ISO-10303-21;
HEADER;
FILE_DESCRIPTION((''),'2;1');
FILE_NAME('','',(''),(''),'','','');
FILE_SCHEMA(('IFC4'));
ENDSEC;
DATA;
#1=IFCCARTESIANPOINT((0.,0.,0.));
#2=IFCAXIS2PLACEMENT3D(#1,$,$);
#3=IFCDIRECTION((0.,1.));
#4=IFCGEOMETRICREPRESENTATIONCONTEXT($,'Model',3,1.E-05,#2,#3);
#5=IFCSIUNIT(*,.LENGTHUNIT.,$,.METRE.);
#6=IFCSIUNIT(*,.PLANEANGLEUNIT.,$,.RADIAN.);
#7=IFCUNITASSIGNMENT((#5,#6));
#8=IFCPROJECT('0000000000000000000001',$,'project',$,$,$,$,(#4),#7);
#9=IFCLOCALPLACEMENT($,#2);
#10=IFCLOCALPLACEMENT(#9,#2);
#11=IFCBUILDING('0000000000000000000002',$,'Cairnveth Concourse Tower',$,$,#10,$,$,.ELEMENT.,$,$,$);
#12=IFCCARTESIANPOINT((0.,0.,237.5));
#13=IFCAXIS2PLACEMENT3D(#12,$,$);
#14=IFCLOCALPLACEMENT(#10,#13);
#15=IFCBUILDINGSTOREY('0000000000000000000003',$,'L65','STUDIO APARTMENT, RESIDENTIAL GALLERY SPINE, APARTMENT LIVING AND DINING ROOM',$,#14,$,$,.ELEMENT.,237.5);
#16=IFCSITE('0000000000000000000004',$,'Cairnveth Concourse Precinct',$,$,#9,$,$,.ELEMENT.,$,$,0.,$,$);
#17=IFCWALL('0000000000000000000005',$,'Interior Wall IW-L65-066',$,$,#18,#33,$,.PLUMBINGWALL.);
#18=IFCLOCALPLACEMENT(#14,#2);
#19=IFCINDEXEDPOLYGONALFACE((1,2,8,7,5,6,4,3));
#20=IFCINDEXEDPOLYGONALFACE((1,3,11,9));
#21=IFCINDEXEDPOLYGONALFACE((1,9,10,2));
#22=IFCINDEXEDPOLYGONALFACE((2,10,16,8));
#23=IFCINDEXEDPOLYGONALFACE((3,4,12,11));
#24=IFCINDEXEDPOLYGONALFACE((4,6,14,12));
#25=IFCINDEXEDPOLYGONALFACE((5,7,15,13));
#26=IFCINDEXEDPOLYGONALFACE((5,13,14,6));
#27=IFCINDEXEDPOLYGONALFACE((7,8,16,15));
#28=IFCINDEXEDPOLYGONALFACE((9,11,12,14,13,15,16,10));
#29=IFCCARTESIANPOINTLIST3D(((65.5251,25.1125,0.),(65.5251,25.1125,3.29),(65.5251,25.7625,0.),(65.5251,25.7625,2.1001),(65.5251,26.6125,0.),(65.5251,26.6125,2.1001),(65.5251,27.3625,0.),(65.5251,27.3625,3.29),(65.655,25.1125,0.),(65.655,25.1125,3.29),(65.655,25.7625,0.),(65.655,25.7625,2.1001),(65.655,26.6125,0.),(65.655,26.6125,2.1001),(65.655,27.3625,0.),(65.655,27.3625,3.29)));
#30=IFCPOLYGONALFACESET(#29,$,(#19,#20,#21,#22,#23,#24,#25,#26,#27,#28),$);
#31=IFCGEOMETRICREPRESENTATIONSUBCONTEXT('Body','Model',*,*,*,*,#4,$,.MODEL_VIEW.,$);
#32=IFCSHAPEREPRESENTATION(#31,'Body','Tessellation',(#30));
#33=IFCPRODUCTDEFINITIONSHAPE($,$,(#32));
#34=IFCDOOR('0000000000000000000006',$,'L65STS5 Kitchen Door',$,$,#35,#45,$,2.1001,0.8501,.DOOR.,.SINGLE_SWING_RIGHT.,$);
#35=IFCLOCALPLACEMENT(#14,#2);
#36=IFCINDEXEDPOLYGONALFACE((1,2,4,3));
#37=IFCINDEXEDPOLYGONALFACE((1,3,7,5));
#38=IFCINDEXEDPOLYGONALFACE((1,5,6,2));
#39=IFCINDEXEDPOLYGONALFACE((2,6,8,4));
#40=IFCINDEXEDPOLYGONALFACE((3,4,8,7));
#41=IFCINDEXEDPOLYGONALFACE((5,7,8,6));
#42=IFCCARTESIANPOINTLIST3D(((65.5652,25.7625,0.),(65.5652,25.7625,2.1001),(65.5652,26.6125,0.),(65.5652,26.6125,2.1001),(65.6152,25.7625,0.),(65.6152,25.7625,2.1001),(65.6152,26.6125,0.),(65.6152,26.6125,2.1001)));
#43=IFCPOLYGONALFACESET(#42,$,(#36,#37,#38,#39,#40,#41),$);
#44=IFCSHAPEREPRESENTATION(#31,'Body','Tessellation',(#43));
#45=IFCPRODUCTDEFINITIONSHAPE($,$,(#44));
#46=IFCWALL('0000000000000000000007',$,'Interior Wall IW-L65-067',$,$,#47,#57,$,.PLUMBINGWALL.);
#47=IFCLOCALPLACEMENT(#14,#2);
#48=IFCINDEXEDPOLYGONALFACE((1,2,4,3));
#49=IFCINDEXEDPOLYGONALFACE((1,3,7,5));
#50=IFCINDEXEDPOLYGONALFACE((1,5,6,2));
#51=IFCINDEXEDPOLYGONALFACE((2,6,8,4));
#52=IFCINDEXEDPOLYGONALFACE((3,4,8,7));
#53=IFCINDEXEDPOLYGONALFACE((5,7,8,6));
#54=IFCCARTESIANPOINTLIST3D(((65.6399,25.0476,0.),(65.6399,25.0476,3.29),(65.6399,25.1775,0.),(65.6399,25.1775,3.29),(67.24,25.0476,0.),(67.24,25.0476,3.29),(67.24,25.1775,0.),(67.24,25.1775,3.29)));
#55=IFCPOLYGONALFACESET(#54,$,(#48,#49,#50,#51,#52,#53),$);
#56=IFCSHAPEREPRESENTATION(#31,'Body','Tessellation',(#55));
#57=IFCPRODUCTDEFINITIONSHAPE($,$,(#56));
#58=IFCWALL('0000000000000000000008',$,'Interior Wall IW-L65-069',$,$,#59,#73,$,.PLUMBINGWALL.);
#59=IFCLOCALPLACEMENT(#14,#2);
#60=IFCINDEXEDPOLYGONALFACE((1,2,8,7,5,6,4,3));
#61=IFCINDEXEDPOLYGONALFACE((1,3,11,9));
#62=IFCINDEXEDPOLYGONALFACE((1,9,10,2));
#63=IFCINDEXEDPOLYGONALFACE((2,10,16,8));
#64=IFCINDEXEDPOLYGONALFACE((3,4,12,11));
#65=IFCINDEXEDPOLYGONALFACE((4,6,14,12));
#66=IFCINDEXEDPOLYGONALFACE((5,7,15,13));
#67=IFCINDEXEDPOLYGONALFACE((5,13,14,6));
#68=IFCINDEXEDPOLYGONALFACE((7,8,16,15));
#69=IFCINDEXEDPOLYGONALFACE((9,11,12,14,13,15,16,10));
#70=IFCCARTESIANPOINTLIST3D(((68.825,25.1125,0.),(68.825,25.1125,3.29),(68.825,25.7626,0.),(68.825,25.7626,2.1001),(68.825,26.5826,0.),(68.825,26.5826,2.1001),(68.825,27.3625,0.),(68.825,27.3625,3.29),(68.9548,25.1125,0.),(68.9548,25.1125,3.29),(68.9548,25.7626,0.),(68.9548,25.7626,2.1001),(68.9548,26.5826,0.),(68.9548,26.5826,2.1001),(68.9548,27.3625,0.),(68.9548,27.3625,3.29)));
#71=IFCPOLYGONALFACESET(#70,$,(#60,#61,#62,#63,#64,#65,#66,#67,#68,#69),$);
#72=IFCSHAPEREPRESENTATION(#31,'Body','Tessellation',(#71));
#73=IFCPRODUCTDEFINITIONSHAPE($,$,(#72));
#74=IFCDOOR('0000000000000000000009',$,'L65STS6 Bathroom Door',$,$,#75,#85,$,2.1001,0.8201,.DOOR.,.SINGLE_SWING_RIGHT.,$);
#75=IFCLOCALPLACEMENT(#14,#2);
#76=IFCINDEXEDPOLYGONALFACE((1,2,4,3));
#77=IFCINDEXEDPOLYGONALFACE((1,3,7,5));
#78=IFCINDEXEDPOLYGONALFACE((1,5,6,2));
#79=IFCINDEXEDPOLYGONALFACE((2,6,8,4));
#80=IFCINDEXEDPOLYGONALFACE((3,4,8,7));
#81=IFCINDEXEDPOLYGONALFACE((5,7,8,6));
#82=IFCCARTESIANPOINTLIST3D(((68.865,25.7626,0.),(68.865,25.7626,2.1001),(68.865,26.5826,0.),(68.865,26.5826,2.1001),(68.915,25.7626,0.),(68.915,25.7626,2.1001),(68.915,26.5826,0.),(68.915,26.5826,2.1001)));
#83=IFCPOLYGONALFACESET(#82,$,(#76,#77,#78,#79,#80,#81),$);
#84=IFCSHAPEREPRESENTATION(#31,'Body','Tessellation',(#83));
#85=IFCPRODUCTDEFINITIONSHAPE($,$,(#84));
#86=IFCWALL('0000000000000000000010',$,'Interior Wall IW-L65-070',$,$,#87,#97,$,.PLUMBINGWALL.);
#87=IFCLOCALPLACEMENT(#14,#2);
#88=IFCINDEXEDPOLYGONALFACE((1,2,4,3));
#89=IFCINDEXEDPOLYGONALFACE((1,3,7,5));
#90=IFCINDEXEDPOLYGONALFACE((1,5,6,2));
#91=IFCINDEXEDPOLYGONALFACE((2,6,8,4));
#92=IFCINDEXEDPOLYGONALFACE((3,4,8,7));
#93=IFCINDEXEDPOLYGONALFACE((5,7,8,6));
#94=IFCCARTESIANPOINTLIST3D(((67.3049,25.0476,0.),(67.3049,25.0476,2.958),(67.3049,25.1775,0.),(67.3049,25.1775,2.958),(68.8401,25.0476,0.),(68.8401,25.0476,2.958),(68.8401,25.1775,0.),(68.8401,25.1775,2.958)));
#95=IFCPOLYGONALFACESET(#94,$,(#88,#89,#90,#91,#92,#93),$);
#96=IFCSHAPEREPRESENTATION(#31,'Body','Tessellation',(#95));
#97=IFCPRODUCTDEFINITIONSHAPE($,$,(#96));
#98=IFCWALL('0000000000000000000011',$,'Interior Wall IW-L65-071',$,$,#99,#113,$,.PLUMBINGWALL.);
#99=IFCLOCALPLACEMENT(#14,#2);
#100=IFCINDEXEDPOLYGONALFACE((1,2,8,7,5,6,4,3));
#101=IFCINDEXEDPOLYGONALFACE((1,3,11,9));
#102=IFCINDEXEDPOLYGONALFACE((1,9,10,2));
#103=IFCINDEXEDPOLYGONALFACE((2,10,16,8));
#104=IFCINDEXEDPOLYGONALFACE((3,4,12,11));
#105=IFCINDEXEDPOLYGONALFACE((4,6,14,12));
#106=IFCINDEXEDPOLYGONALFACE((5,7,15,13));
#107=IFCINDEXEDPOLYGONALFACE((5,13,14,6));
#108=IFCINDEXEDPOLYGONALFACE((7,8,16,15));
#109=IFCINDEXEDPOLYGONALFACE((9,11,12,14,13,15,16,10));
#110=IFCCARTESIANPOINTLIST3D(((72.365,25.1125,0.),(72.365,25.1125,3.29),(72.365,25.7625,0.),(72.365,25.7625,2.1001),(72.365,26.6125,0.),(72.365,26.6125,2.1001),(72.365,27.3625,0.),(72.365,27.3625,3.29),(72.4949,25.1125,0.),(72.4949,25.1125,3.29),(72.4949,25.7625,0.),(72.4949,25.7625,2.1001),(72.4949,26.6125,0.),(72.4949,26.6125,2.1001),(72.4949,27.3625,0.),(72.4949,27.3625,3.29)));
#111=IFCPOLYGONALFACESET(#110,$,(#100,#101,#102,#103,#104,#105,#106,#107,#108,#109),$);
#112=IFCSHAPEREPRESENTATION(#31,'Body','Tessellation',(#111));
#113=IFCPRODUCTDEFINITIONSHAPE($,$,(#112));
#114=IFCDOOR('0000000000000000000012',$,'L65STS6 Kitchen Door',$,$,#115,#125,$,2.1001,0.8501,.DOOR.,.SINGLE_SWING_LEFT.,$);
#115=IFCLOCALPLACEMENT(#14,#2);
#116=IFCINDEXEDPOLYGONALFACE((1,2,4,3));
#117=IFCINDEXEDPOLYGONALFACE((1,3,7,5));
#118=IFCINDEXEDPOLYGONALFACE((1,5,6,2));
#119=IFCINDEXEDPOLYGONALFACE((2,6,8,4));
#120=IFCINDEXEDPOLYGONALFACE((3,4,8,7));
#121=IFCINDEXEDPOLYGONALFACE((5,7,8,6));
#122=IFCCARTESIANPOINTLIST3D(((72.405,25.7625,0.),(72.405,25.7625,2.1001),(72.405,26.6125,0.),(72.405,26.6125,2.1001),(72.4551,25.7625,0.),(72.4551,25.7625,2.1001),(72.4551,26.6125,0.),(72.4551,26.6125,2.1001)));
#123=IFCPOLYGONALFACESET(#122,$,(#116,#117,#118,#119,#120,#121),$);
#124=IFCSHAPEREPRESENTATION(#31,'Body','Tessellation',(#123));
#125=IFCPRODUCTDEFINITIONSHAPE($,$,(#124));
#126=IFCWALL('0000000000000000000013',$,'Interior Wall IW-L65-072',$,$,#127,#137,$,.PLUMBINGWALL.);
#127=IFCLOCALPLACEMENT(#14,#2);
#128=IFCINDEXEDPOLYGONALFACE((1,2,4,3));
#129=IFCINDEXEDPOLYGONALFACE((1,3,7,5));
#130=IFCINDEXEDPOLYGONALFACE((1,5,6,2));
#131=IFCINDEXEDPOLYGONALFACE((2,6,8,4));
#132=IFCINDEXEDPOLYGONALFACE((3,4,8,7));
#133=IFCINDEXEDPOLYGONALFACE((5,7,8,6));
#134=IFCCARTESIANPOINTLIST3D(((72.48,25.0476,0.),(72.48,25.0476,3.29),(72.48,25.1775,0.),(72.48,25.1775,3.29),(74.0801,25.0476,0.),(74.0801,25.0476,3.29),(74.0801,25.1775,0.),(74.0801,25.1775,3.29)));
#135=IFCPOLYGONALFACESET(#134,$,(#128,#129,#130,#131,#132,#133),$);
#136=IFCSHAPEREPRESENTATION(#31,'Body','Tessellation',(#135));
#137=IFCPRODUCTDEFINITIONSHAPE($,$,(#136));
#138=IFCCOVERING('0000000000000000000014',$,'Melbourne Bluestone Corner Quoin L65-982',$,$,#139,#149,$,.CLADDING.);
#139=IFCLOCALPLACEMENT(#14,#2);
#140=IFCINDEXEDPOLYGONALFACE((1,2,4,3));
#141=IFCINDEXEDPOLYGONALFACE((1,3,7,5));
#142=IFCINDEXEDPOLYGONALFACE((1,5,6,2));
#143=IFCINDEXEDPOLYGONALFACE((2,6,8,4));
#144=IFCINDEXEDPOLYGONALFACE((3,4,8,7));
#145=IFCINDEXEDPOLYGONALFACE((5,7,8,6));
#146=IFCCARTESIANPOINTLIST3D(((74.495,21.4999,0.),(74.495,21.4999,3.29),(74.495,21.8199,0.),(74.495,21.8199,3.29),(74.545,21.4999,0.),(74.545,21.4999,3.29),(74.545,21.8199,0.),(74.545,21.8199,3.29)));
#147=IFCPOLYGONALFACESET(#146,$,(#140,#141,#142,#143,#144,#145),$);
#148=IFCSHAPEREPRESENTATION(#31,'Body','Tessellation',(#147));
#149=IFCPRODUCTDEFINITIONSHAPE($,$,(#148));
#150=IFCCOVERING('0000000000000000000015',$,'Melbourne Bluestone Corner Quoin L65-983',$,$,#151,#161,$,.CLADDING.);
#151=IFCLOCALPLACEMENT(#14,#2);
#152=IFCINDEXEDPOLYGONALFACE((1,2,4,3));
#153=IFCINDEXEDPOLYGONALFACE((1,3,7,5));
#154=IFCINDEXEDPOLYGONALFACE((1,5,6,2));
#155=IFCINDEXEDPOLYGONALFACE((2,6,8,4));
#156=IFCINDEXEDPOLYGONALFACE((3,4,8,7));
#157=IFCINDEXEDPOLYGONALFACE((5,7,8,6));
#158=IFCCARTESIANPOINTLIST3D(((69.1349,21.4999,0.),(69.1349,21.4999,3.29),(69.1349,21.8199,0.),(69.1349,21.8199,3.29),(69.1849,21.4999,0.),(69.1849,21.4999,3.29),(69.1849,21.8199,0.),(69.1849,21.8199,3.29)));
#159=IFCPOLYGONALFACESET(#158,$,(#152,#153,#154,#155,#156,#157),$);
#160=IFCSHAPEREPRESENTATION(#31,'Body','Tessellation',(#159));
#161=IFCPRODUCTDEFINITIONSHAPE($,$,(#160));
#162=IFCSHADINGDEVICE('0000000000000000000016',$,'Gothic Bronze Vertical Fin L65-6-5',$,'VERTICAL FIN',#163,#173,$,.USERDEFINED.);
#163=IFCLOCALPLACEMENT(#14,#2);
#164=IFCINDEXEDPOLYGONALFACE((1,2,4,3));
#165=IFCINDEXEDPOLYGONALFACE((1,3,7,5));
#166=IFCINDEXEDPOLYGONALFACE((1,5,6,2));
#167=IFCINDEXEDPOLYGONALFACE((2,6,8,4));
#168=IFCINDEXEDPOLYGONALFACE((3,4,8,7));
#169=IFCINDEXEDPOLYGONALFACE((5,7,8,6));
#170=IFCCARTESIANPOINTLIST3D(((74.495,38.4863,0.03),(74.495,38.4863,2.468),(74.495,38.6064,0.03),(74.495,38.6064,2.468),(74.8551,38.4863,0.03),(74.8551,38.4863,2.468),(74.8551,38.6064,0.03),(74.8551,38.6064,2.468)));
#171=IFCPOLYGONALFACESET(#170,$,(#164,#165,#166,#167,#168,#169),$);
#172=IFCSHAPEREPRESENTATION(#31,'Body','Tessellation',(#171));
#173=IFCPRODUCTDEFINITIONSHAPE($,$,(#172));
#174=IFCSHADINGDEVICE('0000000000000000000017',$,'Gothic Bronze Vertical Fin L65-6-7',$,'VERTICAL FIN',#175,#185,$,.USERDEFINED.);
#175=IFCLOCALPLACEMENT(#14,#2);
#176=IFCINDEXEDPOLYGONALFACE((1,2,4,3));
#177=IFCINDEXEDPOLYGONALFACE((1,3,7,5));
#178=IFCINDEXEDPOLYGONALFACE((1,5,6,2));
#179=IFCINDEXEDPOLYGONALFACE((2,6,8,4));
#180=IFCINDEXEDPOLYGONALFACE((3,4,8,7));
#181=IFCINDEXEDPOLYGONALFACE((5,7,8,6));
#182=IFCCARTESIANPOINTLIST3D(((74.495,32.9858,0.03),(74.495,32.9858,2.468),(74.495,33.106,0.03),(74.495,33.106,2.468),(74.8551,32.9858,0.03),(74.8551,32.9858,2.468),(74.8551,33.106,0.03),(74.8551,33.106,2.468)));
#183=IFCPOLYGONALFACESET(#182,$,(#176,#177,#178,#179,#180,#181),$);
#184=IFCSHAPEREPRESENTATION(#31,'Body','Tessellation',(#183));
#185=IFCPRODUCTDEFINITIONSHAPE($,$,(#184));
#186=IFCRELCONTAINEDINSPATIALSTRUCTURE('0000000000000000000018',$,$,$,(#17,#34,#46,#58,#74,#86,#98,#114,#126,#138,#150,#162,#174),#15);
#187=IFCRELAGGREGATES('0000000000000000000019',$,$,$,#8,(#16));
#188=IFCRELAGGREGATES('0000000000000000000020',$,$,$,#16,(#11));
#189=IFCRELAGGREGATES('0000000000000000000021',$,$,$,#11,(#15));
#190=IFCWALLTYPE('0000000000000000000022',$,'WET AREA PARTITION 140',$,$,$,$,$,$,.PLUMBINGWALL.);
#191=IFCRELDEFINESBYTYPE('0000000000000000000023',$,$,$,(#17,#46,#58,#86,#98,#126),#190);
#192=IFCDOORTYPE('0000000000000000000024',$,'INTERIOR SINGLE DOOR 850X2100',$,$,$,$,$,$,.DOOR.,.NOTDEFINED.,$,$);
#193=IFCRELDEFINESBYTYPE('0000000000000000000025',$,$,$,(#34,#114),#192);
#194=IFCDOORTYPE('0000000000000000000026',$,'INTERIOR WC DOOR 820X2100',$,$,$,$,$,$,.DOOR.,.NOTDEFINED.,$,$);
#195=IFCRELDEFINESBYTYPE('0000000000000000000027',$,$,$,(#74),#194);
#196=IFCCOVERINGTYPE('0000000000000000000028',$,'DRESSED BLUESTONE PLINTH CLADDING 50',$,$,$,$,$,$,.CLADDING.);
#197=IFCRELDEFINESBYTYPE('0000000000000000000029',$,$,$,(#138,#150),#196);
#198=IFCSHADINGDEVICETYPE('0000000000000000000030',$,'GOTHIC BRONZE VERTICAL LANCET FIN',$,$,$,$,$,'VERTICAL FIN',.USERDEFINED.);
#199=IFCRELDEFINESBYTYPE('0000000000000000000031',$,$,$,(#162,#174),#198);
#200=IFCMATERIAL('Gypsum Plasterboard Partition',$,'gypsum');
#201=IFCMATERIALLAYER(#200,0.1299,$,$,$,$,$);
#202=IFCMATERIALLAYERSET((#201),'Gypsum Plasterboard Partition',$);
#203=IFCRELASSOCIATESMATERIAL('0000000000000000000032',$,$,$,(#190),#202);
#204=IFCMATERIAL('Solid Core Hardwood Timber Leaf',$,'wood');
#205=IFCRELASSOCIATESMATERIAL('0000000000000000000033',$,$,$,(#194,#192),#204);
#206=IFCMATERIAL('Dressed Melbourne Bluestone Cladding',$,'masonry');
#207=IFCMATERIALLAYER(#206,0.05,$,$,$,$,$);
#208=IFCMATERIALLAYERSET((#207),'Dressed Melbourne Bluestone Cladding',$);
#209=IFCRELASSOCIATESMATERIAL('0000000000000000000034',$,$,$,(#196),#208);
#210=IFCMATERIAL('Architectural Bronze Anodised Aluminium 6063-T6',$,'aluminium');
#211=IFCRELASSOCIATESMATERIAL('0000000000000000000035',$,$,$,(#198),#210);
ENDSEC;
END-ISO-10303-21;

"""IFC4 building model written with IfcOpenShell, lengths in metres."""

from ifc_helpers import new_model, si_unit, direction, frame, frame_2d, origin, origin_2d, place, context, subcontext, project, spatial, rectangle, extrude, material, layer, layer_set, type_object, element, fill, save


model = new_model("IFC4")

# Units and contexts
model_context = context("Model", 3, precision=1e-05, world=origin(), true_north=direction((0.0, 1.0)))
body_context = subcontext(model_context, "Body", "Model", "MODEL_VIEW")
ifc_project = project(units=[si_unit("LENGTHUNIT", "METRE"), si_unit("PLANEANGLEUNIT", "RADIAN")], contexts=[model_context])

# Site, building, storey
site_placement = place(None, origin())
site = spatial("IfcSite", under=ifc_project, at=site_placement, Name="Cairnveth Concourse Precinct", CompositionType="ELEMENT", RefElevation=0.0)
building_placement = place(site_placement, origin())
building = spatial("IfcBuilding", under=site, at=building_placement, Name="Cairnveth Concourse Tower", CompositionType="ELEMENT")
storey_placement = place(building_placement, frame((0.0, 0.0, 237.5)))
storey = spatial("IfcBuildingStorey", under=building, at=storey_placement, Name="L65", Description="STUDIO APARTMENT, RESIDENTIAL GALLERY SPINE, APARTMENT LIVING AND DINING ROOM", CompositionType="ELEMENT", Elevation=237.5)

# Shared definitions
ifc_material_1 = material(Name="Gypsum Plasterboard Partition", Category="gypsum")
ifc_material_2 = material(Name="Solid Core Hardwood Timber Leaf", Category="wood")

# Wall, opening, door
ifc_layer_1 = layer(ifc_material_1, 0.1299)
ifc_layer_set_1 = layer_set([ifc_layer_1], Name="Gypsum Plasterboard Partition")
wall_type_1 = type_object("IfcWallType", Name="WET AREA PARTITION 140", PredefinedType="PLUMBINGWALL", material=ifc_layer_set_1)
door_type_1 = type_object("IfcDoorType", Name="INTERIOR WC DOOR 820X2100", OperationType="NOTDEFINED", PredefinedType="DOOR", material=ifc_material_2)
wall_1_placement = place(storey_placement, frame((65.5901, 25.1125, 0.0), z_axis=(0.0, 0.0, 1.0), x_axis=(0.0, 1.0, 0.0)))
wall_1 = element("IfcWall", 1, at=wall_1_placement, inside=storey, type_object=wall_type_1, Name="Interior Wall IW-L65-066", PredefinedType="PLUMBINGWALL", context=body_context, shape_type="SweptSolid", body=[
    extrude(rectangle(XDim=2.25, YDim=0.1299, at=frame_2d((1.125, 0.0))), origin(), (0.0, 0.0, 1.0), 3.29),
])
opening_1_placement = place(wall_1_placement, frame((0.6499, 0.0, 0.0)))
opening_1 = element("IfcOpeningElement", 2, at=opening_1_placement, cuts=wall_1, PredefinedType="OPENING", context=body_context, shape_type="SweptSolid", body=[
    extrude(rectangle(XDim=0.8501, YDim=2.1001, at=frame_2d((0.425, 1.05))), frame((0.0, 0.075, 0.0), z_axis=(0.0, -1.0, 0.0), x_axis=(1.0, 0.0, 0.0)), (0.0, 0.0, 1.0), 0.1499),
])
door_type_2 = type_object("IfcDoorType", Name="INTERIOR SINGLE DOOR 850X2100", OperationType="NOTDEFINED", PredefinedType="DOOR", material=ifc_material_2)
door_1_placement = place(opening_1_placement, origin())
door_1 = element("IfcDoor", 3, at=door_1_placement, inside=storey, type_object=door_type_2, Name="L65STS5 Kitchen Door", OperationType="SINGLE_SWING_RIGHT", OverallHeight=2.1001, OverallWidth=0.8501, PredefinedType="DOOR", context=body_context, shape_type="SweptSolid", body=[
    extrude(rectangle(XDim=0.8501, YDim=2.1001, at=frame_2d((0.425, 1.05))), frame((0.0, 0.0249, 0.0), z_axis=(0.0, -1.0, 0.0), x_axis=(1.0, 0.0, 0.0)), (0.0, 0.0, 1.0), 0.05),
])
fill(opening_1, door_1)

# Wall
wall_2_placement = place(storey_placement, frame((65.6399, 25.1125, 0.0), z_axis=(0.0, 0.0, 1.0), x_axis=(1.0, 0.0, 0.0)))
element("IfcWall", 4, at=wall_2_placement, inside=storey, type_object=wall_type_1, Name="Interior Wall IW-L65-067", PredefinedType="PLUMBINGWALL", context=body_context, shape_type="SweptSolid", body=[
    extrude(rectangle(XDim=1.6001, YDim=0.1299, at=frame_2d((0.8, 0.0))), origin(), (0.0, 0.0, 1.0), 3.29),
])

# Wall, opening, door
wall_3_placement = place(storey_placement, frame((68.8899, 25.1125, 0.0), z_axis=(0.0, 0.0, 1.0), x_axis=(0.0, 1.0, 0.0)))
wall_3 = element("IfcWall", 5, at=wall_3_placement, inside=storey, type_object=wall_type_1, Name="Interior Wall IW-L65-069", PredefinedType="PLUMBINGWALL", context=body_context, shape_type="SweptSolid", body=[
    extrude(rectangle(XDim=2.25, YDim=0.1299, at=frame_2d((1.125, 0.0))), origin(), (0.0, 0.0, 1.0), 3.29),
])
opening_2_placement = place(wall_3_placement, frame((0.6499, 0.0, 0.0)))
opening_2 = element("IfcOpeningElement", 6, at=opening_2_placement, cuts=wall_3, PredefinedType="OPENING", context=body_context, shape_type="SweptSolid", body=[
    extrude(rectangle(XDim=0.8201, YDim=2.1001, at=frame_2d((0.4102, 1.05))), frame((0.0, 0.075, 0.0), z_axis=(0.0, -1.0, 0.0), x_axis=(1.0, 0.0, 0.0)), (0.0, 0.0, 1.0), 0.1499),
])
door_2_placement = place(opening_2_placement, origin())
door_2 = element("IfcDoor", 7, at=door_2_placement, inside=storey, type_object=door_type_1, Name="L65STS6 Bathroom Door", OperationType="SINGLE_SWING_RIGHT", OverallHeight=2.1001, OverallWidth=0.8201, PredefinedType="DOOR", context=body_context, shape_type="SweptSolid", body=[
    extrude(rectangle(XDim=0.8201, YDim=2.1001, at=frame_2d((0.4102, 1.05))), frame((0.0, 0.0249, 0.0), z_axis=(0.0, -1.0, 0.0), x_axis=(1.0, 0.0, 0.0)), (0.0, 0.0, 1.0), 0.05),
])
fill(opening_2, door_2)

# Wall
wall_4_placement = place(storey_placement, frame((67.3049, 25.1125, 0.0), z_axis=(0.0, 0.0, 1.0), x_axis=(1.0, 0.0, 0.0)))
element("IfcWall", 8, at=wall_4_placement, inside=storey, type_object=wall_type_1, Name="Interior Wall IW-L65-070", PredefinedType="PLUMBINGWALL", context=body_context, shape_type="SweptSolid", body=[
    extrude(rectangle(XDim=1.5352, YDim=0.1299, at=frame_2d((0.7676, 0.0))), origin(), (0.0, 0.0, 1.0), 2.958),
])

# Wall, opening, door
wall_5_placement = place(storey_placement, frame((72.4299, 25.1125, 0.0), z_axis=(0.0, 0.0, 1.0), x_axis=(0.0, 1.0, 0.0)))
wall_5 = element("IfcWall", 9, at=wall_5_placement, inside=storey, type_object=wall_type_1, Name="Interior Wall IW-L65-071", PredefinedType="PLUMBINGWALL", context=body_context, shape_type="SweptSolid", body=[
    extrude(rectangle(XDim=2.25, YDim=0.1299, at=frame_2d((1.125, 0.0))), origin(), (0.0, 0.0, 1.0), 3.29),
])
opening_3_placement = place(wall_5_placement, frame((0.6499, 0.0, 0.0)))
opening_3 = element("IfcOpeningElement", 10, at=opening_3_placement, cuts=wall_5, PredefinedType="OPENING", context=body_context, shape_type="SweptSolid", body=[
    extrude(rectangle(XDim=0.8501, YDim=2.1001, at=frame_2d((0.425, 1.05))), frame((0.0, 0.075, 0.0), z_axis=(0.0, -1.0, 0.0), x_axis=(1.0, 0.0, 0.0)), (0.0, 0.0, 1.0), 0.1499),
])
door_3_placement = place(opening_3_placement, origin())
door_3 = element("IfcDoor", 11, at=door_3_placement, inside=storey, type_object=door_type_2, Name="L65STS6 Kitchen Door", OperationType="SINGLE_SWING_LEFT", OverallHeight=2.1001, OverallWidth=0.8501, PredefinedType="DOOR", context=body_context, shape_type="SweptSolid", body=[
    extrude(rectangle(XDim=0.8501, YDim=2.1001, at=frame_2d((0.425, 1.05))), frame((0.0, 0.0249, 0.0), z_axis=(0.0, -1.0, 0.0), x_axis=(1.0, 0.0, 0.0)), (0.0, 0.0, 1.0), 0.05),
])
fill(opening_3, door_3)

# Wall
wall_6_placement = place(storey_placement, frame((72.48, 25.1125, 0.0), z_axis=(0.0, 0.0, 1.0), x_axis=(1.0, 0.0, 0.0)))
element("IfcWall", 12, at=wall_6_placement, inside=storey, type_object=wall_type_1, Name="Interior Wall IW-L65-072", PredefinedType="PLUMBINGWALL", context=body_context, shape_type="SweptSolid", body=[
    extrude(rectangle(XDim=1.6001, YDim=0.1299, at=frame_2d((0.8, 0.0))), origin(), (0.0, 0.0, 1.0), 3.29),
])

# Coverings
ifc_material_3 = material(Name="Dressed Melbourne Bluestone Cladding", Category="masonry")
ifc_layer_2 = layer(ifc_material_3, 0.05)
ifc_layer_set_2 = layer_set([ifc_layer_2], Name="Dressed Melbourne Bluestone Cladding")
covering_type = type_object("IfcCoveringType", Name="DRESSED BLUESTONE PLINTH CLADDING 50", PredefinedType="CLADDING", material=ifc_layer_set_2)
for number, where, z_axis, x_axis, name in (
    (13, (74.52, 21.8201, 0.0), (0.0, 0.0, 1.0), (0.0, -1.0, 0.0), "Melbourne Bluestone Corner Quoin L65-982"),
    (14, (69.1599, 21.8201, 0.0), (0.0, 0.0, 1.0), (0.0, -1.0, 0.0), "Melbourne Bluestone Corner Quoin L65-983"),
):
    element("IfcCovering", number, at=place(storey_placement, frame(where, z_axis=z_axis, x_axis=x_axis)), inside=storey, type_object=covering_type, Name=name, PredefinedType="CLADDING", context=body_context, shape_type="SweptSolid", body=[
        extrude(rectangle(XDim=0.3201, YDim=0.05, at=frame_2d((0.1602, 0.0))), origin(), (0.0, 0.0, 1.0), 3.29),
    ])

# Shading devices
ifc_material_4 = material(Name="Architectural Bronze Anodised Aluminium 6063-T6", Category="aluminium")
shading_device_type = type_object("IfcShadingDeviceType", Name="GOTHIC BRONZE VERTICAL LANCET FIN", ElementType="VERTICAL FIN", PredefinedType="USERDEFINED", material=ifc_material_4)
for number, where, z_axis, x_axis, name in (
    (15, (74.675, 38.5464, 0.03), (0.0, 0.0, 1.0), (0.0, 1.0, 0.0), "Gothic Bronze Vertical Fin L65-6-5"),
    (16, (74.675, 33.0459, 0.03), (0.0, 0.0, 1.0), (0.0, 1.0, 0.0), "Gothic Bronze Vertical Fin L65-6-7"),
):
    element("IfcShadingDevice", number, at=place(storey_placement, frame(where, z_axis=z_axis, x_axis=x_axis)), inside=storey, type_object=shading_device_type, Name=name, ObjectType="VERTICAL FIN", PredefinedType="USERDEFINED", context=body_context, shape_type="SweptSolid", body=[
        extrude(rectangle(XDim=0.1201, YDim=0.3601, at=origin_2d()), origin(), (0.0, 0.0, 1.0), 2.438),
    ])

save(model, "model.ifc")
